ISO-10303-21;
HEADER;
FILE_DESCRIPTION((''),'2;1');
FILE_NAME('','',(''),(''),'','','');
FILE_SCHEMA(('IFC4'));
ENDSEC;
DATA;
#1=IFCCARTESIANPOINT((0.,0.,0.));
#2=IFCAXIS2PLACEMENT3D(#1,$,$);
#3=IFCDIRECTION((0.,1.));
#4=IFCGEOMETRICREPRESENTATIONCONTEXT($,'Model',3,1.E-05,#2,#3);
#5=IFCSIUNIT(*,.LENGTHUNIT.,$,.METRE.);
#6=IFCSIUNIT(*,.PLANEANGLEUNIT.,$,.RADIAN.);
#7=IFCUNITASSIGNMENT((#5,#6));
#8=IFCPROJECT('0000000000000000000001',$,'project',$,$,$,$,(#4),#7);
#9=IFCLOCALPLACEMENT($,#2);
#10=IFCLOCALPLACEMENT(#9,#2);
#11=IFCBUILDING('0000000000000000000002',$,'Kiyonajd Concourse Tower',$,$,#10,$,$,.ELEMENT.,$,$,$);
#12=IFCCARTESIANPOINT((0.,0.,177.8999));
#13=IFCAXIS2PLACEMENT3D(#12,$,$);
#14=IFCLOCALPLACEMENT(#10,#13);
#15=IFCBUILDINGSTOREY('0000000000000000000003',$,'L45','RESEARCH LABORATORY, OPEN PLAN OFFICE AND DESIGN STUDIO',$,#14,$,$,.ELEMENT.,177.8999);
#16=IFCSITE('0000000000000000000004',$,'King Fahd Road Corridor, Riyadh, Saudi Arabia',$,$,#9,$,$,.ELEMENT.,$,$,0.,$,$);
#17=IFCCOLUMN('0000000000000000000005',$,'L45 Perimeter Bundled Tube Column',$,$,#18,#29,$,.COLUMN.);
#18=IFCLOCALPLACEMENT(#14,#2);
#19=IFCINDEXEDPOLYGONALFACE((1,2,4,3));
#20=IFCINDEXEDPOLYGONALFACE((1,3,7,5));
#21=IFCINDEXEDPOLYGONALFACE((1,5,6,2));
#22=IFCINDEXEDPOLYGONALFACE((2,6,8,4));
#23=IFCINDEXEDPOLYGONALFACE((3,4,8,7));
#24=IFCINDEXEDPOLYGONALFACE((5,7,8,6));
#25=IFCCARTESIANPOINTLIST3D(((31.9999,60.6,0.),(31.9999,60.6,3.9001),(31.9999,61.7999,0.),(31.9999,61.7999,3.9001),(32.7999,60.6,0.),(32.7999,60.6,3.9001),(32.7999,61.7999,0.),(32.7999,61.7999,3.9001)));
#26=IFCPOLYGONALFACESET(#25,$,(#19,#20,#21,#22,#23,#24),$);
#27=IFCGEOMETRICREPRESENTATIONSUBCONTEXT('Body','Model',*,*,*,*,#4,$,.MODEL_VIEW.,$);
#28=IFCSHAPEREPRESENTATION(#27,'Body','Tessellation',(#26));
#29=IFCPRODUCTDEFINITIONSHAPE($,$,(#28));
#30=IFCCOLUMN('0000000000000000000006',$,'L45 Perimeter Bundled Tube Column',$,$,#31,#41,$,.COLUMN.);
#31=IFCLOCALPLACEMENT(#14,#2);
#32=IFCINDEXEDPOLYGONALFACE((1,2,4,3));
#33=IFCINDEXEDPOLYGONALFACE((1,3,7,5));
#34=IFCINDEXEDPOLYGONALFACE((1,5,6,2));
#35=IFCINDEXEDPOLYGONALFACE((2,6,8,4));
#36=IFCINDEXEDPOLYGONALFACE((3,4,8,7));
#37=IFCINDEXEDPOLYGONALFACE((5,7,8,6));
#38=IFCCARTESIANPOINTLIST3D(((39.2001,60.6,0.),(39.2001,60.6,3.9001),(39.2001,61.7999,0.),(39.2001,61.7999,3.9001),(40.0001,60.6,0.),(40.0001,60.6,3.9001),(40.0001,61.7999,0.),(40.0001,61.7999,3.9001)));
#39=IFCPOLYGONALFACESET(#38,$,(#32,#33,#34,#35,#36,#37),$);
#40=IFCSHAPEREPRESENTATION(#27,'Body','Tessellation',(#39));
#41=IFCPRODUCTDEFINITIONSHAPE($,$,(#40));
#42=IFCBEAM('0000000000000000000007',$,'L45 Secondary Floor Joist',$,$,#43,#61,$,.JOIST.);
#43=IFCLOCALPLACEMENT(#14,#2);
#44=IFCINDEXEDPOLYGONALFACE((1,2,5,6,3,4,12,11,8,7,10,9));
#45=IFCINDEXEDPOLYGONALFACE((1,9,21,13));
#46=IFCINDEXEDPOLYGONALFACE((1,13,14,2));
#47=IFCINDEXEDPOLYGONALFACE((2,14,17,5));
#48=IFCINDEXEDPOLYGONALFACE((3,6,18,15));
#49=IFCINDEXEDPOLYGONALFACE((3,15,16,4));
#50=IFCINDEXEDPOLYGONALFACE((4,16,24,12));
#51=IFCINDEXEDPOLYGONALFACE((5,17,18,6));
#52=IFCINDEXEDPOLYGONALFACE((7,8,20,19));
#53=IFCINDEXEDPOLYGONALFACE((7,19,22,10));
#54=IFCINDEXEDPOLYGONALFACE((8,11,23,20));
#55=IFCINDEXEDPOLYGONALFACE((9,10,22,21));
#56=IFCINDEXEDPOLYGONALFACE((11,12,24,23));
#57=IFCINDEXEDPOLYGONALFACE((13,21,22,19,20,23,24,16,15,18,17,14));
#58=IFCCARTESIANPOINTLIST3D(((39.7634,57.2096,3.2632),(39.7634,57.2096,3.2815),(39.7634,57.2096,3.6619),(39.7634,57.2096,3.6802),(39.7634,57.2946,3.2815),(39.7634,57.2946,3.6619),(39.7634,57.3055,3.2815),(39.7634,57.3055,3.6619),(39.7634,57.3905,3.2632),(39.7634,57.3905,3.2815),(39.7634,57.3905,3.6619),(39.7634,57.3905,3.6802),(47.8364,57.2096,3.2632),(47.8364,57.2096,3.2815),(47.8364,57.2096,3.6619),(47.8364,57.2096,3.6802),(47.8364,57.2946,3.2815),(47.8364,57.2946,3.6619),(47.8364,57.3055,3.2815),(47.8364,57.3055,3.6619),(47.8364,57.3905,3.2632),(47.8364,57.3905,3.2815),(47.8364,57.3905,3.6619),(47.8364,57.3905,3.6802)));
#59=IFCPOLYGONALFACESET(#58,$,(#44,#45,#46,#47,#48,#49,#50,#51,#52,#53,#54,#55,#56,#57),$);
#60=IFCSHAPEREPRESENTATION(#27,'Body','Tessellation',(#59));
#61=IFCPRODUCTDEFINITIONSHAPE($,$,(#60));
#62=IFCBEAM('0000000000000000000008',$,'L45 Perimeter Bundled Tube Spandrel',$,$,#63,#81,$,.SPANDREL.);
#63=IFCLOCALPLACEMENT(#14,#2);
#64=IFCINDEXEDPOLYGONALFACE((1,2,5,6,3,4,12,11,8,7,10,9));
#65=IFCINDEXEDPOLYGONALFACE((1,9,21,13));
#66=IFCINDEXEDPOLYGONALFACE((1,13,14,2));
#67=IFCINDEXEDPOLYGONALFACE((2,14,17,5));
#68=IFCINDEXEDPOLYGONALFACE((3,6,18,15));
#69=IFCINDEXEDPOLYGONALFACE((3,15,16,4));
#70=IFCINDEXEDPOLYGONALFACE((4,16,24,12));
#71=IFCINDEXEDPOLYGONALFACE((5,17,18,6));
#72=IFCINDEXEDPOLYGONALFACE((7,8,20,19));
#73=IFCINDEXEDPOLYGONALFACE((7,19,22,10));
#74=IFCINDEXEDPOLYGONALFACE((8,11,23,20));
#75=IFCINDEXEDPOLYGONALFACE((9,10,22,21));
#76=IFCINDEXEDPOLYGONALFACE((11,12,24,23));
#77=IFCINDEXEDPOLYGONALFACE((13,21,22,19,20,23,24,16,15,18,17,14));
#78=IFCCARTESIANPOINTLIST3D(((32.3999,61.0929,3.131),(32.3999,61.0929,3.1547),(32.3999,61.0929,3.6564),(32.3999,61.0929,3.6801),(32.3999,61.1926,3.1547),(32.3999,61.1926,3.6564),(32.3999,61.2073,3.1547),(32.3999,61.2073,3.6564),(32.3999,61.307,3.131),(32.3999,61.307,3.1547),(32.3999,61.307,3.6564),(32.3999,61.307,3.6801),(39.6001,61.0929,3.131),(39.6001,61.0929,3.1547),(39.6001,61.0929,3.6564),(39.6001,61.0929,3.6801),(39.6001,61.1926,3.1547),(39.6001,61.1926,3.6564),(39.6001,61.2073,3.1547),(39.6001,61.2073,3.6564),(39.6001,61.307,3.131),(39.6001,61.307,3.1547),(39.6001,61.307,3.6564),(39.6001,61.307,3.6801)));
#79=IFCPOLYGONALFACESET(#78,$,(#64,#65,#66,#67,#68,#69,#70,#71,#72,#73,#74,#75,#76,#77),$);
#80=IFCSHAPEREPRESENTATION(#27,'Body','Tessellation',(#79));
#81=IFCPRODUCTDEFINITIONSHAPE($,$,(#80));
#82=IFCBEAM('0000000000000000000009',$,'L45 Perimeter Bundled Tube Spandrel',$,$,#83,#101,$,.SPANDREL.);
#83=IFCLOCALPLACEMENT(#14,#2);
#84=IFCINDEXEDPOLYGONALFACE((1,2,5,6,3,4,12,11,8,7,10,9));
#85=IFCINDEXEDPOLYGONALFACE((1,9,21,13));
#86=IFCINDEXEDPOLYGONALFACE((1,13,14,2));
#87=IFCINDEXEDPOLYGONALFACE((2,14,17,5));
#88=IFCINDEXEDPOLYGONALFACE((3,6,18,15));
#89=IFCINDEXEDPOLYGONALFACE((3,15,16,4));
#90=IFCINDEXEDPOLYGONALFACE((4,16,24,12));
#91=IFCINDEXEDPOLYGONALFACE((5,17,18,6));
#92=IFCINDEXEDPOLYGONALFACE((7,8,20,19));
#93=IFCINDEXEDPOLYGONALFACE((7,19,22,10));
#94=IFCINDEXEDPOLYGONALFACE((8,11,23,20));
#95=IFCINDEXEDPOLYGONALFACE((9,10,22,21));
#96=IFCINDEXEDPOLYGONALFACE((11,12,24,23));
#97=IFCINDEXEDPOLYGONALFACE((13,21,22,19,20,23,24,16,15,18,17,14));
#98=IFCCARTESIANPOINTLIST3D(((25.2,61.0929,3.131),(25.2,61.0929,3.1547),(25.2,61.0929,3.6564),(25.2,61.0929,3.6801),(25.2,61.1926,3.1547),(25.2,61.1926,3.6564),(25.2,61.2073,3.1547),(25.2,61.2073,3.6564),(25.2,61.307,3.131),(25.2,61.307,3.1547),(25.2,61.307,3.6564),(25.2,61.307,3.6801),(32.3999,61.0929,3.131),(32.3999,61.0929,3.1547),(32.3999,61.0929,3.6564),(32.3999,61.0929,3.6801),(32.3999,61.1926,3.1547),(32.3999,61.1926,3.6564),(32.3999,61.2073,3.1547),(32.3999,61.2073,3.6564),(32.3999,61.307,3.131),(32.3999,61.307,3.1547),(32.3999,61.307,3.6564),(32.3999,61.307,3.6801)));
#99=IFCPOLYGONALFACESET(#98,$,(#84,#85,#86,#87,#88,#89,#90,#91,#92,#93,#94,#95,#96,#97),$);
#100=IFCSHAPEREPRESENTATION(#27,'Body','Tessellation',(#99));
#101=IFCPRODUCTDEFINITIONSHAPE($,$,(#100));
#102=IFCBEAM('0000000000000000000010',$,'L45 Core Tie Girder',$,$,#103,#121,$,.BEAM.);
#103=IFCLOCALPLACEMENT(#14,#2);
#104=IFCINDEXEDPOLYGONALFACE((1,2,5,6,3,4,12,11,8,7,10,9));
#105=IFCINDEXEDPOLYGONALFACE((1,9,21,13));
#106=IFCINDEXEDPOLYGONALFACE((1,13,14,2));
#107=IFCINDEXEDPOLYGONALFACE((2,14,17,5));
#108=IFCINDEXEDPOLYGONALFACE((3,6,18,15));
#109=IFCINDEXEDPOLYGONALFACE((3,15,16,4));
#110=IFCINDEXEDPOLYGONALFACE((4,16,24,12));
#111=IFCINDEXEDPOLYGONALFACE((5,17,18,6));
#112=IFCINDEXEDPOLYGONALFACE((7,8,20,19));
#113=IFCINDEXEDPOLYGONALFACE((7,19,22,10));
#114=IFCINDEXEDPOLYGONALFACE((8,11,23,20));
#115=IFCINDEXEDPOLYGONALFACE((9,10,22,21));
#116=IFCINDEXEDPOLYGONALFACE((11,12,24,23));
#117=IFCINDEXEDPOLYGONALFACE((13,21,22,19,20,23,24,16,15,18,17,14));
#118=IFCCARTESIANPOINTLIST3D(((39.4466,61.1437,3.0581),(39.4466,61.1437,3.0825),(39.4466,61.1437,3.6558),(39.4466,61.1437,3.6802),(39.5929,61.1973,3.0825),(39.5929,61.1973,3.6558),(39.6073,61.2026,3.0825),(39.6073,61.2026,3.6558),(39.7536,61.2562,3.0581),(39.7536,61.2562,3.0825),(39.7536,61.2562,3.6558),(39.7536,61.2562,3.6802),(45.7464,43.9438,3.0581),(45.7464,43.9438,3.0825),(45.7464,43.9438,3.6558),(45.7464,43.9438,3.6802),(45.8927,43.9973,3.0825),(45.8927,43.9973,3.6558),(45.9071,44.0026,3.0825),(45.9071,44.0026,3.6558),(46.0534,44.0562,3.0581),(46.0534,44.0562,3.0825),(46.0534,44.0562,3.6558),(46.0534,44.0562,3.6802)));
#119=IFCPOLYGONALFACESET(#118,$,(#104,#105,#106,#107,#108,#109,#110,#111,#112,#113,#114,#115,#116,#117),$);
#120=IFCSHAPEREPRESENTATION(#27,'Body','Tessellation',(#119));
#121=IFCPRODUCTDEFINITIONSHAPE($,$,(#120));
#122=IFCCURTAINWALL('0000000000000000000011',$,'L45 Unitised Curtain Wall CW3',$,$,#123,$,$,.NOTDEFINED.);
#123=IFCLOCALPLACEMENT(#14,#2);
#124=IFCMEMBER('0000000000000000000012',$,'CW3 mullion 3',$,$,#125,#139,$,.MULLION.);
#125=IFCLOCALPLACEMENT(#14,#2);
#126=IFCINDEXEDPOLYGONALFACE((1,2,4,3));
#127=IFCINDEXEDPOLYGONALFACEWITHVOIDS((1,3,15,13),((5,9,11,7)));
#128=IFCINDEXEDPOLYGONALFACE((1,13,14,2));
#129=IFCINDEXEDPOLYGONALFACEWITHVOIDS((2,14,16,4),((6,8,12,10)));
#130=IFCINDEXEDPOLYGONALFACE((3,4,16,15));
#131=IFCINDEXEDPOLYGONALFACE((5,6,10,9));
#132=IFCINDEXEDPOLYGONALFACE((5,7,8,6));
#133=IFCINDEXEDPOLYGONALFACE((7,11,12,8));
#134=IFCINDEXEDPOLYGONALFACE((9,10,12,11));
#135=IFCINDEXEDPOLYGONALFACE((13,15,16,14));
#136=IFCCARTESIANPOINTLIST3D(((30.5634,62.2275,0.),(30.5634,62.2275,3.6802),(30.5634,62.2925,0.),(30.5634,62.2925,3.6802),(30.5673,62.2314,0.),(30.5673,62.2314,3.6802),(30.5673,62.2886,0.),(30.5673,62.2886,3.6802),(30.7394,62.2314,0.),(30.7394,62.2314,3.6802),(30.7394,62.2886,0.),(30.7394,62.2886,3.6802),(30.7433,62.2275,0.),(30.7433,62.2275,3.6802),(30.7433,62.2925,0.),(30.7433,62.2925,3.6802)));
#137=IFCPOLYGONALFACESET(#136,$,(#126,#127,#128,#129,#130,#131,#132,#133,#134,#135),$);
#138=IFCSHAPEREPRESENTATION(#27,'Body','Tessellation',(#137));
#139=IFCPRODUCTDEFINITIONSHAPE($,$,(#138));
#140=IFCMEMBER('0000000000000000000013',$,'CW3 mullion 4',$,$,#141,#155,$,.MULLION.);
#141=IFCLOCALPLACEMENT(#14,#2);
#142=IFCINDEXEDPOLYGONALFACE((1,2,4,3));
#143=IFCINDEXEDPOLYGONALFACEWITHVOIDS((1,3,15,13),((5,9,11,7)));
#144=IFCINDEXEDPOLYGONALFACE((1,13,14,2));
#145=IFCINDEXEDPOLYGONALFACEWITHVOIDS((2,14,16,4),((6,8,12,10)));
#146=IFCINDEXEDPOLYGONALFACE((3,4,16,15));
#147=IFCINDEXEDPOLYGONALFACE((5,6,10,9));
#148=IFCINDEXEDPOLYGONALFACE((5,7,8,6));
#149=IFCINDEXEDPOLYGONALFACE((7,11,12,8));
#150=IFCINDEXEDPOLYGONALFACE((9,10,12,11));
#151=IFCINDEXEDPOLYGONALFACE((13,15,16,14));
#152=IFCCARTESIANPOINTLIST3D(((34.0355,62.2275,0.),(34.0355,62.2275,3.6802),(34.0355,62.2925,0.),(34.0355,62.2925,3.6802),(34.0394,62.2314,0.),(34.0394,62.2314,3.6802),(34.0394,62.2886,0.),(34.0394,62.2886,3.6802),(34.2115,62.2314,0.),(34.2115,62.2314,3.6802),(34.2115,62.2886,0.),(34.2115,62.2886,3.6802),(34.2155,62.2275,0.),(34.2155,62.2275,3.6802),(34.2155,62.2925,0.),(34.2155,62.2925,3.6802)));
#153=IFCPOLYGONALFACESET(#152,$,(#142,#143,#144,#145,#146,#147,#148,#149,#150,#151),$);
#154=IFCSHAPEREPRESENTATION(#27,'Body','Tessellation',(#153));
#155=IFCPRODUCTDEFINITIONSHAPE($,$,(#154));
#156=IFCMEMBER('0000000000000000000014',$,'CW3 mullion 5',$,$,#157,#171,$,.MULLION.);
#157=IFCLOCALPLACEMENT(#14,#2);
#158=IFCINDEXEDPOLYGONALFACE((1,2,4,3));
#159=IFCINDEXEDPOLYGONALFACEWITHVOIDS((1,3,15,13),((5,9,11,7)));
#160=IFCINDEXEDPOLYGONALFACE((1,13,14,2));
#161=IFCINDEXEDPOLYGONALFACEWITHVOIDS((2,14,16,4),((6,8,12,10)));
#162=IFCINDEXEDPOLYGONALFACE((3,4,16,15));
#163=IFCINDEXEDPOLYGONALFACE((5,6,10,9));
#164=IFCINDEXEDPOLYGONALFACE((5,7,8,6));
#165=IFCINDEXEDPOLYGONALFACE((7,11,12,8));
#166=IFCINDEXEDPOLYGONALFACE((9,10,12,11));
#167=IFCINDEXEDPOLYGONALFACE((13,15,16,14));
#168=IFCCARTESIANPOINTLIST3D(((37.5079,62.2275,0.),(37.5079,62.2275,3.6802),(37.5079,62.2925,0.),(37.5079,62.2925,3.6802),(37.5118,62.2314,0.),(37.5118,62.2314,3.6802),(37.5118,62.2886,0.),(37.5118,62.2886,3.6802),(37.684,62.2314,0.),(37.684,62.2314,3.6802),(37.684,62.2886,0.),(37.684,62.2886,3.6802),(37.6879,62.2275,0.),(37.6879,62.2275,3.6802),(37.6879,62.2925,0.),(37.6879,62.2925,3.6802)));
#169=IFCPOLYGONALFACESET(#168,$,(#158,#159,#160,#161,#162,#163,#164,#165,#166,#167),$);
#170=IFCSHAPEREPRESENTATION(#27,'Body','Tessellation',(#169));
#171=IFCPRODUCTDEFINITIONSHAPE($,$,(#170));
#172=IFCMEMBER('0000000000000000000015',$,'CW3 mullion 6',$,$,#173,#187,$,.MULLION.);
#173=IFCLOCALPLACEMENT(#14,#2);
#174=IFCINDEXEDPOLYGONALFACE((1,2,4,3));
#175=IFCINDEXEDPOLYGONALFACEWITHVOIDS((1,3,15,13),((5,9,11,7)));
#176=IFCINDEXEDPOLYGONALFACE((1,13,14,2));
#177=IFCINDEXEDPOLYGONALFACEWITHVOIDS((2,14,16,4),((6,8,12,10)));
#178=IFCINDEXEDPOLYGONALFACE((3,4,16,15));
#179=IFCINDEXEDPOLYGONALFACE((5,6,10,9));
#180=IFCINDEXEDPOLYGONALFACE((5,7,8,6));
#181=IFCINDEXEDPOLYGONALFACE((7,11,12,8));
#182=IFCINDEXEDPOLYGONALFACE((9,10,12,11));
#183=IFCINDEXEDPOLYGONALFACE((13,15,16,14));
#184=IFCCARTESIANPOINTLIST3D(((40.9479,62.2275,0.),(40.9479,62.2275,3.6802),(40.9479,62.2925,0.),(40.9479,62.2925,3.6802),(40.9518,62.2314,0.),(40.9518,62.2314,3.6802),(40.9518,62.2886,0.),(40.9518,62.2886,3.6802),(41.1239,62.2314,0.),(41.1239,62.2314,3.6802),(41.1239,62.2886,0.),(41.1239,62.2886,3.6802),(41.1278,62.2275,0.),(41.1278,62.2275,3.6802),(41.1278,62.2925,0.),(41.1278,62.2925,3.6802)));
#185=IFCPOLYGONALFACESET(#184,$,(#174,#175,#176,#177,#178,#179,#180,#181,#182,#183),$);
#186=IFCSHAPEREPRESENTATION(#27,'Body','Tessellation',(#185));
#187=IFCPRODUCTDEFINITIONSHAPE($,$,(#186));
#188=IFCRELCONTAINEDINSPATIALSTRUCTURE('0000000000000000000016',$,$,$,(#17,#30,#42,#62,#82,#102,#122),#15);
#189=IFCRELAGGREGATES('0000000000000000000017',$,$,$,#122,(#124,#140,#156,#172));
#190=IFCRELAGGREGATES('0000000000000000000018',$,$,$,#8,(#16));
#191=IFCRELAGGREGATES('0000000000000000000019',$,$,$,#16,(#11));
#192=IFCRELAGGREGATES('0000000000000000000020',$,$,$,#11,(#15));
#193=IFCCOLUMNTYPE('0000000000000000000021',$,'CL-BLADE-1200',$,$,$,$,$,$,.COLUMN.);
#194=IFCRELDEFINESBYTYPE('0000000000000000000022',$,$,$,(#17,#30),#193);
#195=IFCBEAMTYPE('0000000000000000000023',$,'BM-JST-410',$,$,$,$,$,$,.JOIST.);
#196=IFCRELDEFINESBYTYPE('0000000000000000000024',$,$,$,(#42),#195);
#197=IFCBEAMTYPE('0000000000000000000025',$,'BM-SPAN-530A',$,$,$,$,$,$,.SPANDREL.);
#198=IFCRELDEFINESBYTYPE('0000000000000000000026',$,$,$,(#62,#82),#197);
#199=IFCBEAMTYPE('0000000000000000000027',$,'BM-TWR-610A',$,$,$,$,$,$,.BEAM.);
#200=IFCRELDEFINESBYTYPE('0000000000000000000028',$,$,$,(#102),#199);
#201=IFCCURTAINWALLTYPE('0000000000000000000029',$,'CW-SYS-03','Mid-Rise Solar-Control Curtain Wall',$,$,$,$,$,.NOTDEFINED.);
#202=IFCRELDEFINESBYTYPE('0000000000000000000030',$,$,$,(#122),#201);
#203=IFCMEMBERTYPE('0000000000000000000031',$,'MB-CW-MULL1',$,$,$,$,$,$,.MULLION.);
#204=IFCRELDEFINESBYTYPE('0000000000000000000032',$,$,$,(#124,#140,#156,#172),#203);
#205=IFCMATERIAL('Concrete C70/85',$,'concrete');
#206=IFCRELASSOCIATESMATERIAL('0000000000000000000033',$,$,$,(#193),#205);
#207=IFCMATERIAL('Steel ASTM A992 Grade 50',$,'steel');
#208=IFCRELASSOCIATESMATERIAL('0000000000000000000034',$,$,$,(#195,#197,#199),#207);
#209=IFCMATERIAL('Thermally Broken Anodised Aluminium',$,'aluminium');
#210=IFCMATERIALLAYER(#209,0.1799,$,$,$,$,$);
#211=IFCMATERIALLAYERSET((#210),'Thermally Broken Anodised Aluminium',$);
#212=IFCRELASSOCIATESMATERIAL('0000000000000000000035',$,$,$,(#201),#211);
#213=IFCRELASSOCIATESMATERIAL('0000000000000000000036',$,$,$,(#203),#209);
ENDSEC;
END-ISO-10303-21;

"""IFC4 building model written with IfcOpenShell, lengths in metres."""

from ifc_helpers import new_model, si_unit, direction, frame, origin, origin_2d, place, context, subcontext, project, spatial, rectangle, hollow_rectangle, i_section, extrude, material, layer, layer_set, material_profile, profile_set, type_object, element, aggregate, save


model = new_model("IFC4")

# Units and contexts
model_context = context("Model", 3, precision=1e-05, world=origin(), true_north=direction((0.0, 1.0)))
body_context = subcontext(model_context, "Body", "Model", "MODEL_VIEW")
ifc_project = project(units=[si_unit("LENGTHUNIT", "METRE"), si_unit("PLANEANGLEUNIT", "RADIAN")], contexts=[model_context])

# Site, building, storey
site_placement = place(None, origin())
site = spatial("IfcSite", under=ifc_project, at=site_placement, Name="King Fahd Road Corridor, Riyadh, Saudi Arabia", CompositionType="ELEMENT", RefElevation=0.0)
building_placement = place(site_placement, origin())
building = spatial("IfcBuilding", under=site, at=building_placement, Name="Kiyonajd Concourse Tower", CompositionType="ELEMENT")
storey_placement = place(building_placement, frame((0.0, 0.0, 177.8999)))
storey = spatial("IfcBuildingStorey", under=building, at=storey_placement, Name="L45", Description="RESEARCH LABORATORY, OPEN PLAN OFFICE AND DESIGN STUDIO", CompositionType="ELEMENT", Elevation=177.8999)

# Columns
ifc_material_1 = material(Name="Concrete C70/85", Category="concrete")
ifc_material_profile_1 = material_profile(ifc_material_1, rectangle(XDim=0.8, YDim=1.2, at=origin_2d()), Name="RC-1200x800")
ifc_profile_set_1 = profile_set([ifc_material_profile_1], Name="Concrete C70/85")
column_type = type_object("IfcColumnType", Name="CL-BLADE-1200", PredefinedType="COLUMN", material=ifc_profile_set_1)
for number, where, z_axis, x_axis, name in (
    (1, (32.3999, 61.2, 0.0), (0.0, 0.0, 1.0), (1.0, 0.0, 0.0), "L45 Perimeter Bundled Tube Column"),
    (2, (39.6001, 61.2, 0.0), (0.0, 0.0, 1.0), (1.0, 0.0, 0.0), "L45 Perimeter Bundled Tube Column"),
):
    element("IfcColumn", number, at=place(storey_placement, frame(where, z_axis=z_axis, x_axis=x_axis)), inside=storey, type_object=column_type, Name=name, PredefinedType="COLUMN", context=body_context, shape_type="SweptSolid", body=[
        extrude(rectangle(XDim=0.8, YDim=1.2, at=origin_2d()), origin(), (0.0, 0.0, 1.0), 3.9001),
    ])

# Beams
ifc_material_2 = material(Name="Steel ASTM A992 Grade 50", Category="steel")
ifc_material_profile_2 = material_profile(ifc_material_2, i_section(OverallWidth=0.1809, OverallDepth=0.417, WebThickness=0.011, FlangeThickness=0.0183, at=origin_2d()), Name="W410X85")
ifc_profile_set_2 = profile_set([ifc_material_profile_2], Name="Steel ASTM A992 Grade 50")
beam_type_1 = type_object("IfcBeamType", Name="BM-JST-410", PredefinedType="JOIST", material=ifc_profile_set_2)
beam_1_placement = place(storey_placement, frame((39.7634, 57.3, 3.4717), z_axis=(1.0, 0.0, 0.0), x_axis=(0.0, 1.0, 0.0)))
element("IfcBeam", 3, at=beam_1_placement, inside=storey, type_object=beam_type_1, Name="L45 Secondary Floor Joist", PredefinedType="JOIST", context=body_context, shape_type="SweptSolid", body=[
    extrude(i_section(OverallWidth=0.1809, OverallDepth=0.417, WebThickness=0.011, FlangeThickness=0.0183, at=origin_2d()), origin(), (0.0, 0.0, 1.0), 8.073),
])
ifc_material_profile_3 = material_profile(ifc_material_2, i_section(OverallWidth=0.2141, OverallDepth=0.5491, WebThickness=0.0146, FlangeThickness=0.0237, at=origin_2d()), Name="W530X138")
ifc_profile_set_3 = profile_set([ifc_material_profile_3], Name="Steel ASTM A992 Grade 50")
beam_type_2 = type_object("IfcBeamType", Name="BM-SPAN-530A", PredefinedType="SPANDREL", material=ifc_profile_set_3)
beam_2_placement = place(storey_placement, frame((39.6001, 61.2, 3.4055), z_axis=(-1.0, 0.0, 0.0), x_axis=(0.0, -1.0, 0.0)))
element("IfcBeam", 4, at=beam_2_placement, inside=storey, type_object=beam_type_2, Name="L45 Perimeter Bundled Tube Spandrel", PredefinedType="SPANDREL", context=body_context, shape_type="SweptSolid", body=[
    extrude(i_section(OverallWidth=0.2141, OverallDepth=0.5491, WebThickness=0.0146, FlangeThickness=0.0237, at=origin_2d()), origin(), (0.0, 0.0, 1.0), 7.2002),
])
beam_3_placement = place(storey_placement, frame((32.3999, 61.2, 3.4055), z_axis=(-1.0, 0.0, 0.0), x_axis=(0.0, -1.0, 0.0)))
element("IfcBeam", 5, at=beam_3_placement, inside=storey, type_object=beam_type_2, Name="L45 Perimeter Bundled Tube Spandrel", PredefinedType="SPANDREL", context=body_context, shape_type="SweptSolid", body=[
    extrude(i_section(OverallWidth=0.2141, OverallDepth=0.5491, WebThickness=0.0146, FlangeThickness=0.0237, at=origin_2d()), origin(), (0.0, 0.0, 1.0), 7.2),
])
ifc_material_profile_4 = material_profile(ifc_material_2, i_section(OverallWidth=0.3269, OverallDepth=0.6221, WebThickness=0.0154, FlangeThickness=0.0244, at=origin_2d()), Name="W610X195")
ifc_profile_set_4 = profile_set([ifc_material_profile_4], Name="Steel ASTM A992 Grade 50")
beam_type_3 = type_object("IfcBeamType", Name="BM-TWR-610A", PredefinedType="BEAM", material=ifc_profile_set_4)
beam_4_placement = place(storey_placement, frame((39.6001, 61.2, 3.3691), z_axis=(0.343925, -0.938997, 0.0), x_axis=(0.938997, 0.343925, 0.0)))
element("IfcBeam", 6, at=beam_4_placement, inside=storey, type_object=beam_type_3, Name="L45 Core Tie Girder", PredefinedType="BEAM", context=body_context, shape_type="SweptSolid", body=[
    extrude(i_section(OverallWidth=0.3269, OverallDepth=0.6221, WebThickness=0.0154, FlangeThickness=0.0244, at=origin_2d()), origin(), (0.0, 0.0, 1.0), 18.3174),
])

# Curtain wall, members
ifc_material_3 = material(Name="Thermally Broken Anodised Aluminium", Category="aluminium")
ifc_layer_1 = layer(ifc_material_3, 0.1799)
ifc_layer_set_1 = layer_set([ifc_layer_1], Name="Thermally Broken Anodised Aluminium")
curtain_wall_type = type_object("IfcCurtainWallType", Name="CW-SYS-03", Description="Mid-Rise Solar-Control Curtain Wall", PredefinedType="NOTDEFINED", material=ifc_layer_set_1)
curtain_wall_placement = place(storey_placement, origin())
curtain_wall = element("IfcCurtainWall", 7, at=curtain_wall_placement, inside=storey, type_object=curtain_wall_type, Name="L45 Unitised Curtain Wall CW3", PredefinedType="NOTDEFINED")
ifc_material_profile_5 = material_profile(ifc_material_3, hollow_rectangle(XDim=0.0649, YDim=0.1799, WallThickness=0.0039, at=origin_2d()), Name="MULL-65x180")
ifc_profile_set_5 = profile_set([ifc_material_profile_5], Name="Thermally Broken Anodised Aluminium")
member_type_1 = type_object("IfcMemberType", Name="MB-CW-MULL1", PredefinedType="MULLION", material=ifc_profile_set_5)
member_1_placement = place(storey_placement, frame((30.6533, 62.26, 0.0), z_axis=(0.0, 0.0, 1.0), x_axis=(0.0, 1.0, 0.0)))
member_1 = element("IfcMember", 8, at=member_1_placement, type_object=member_type_1, Name="CW3 mullion 3", PredefinedType="MULLION", context=body_context, shape_type="SweptSolid", body=[
    extrude(hollow_rectangle(XDim=0.0649, YDim=0.1799, WallThickness=0.0039, at=origin_2d()), origin(), (0.0, 0.0, 1.0), 3.6802),
])
member_2_placement = place(storey_placement, frame((34.1255, 62.26, 0.0), z_axis=(0.0, 0.0, 1.0), x_axis=(0.0, 1.0, 0.0)))
member_2 = element("IfcMember", 9, at=member_2_placement, type_object=member_type_1, Name="CW3 mullion 4", PredefinedType="MULLION", context=body_context, shape_type="SweptSolid", body=[
    extrude(hollow_rectangle(XDim=0.0649, YDim=0.1799, WallThickness=0.0039, at=origin_2d()), origin(), (0.0, 0.0, 1.0), 3.6802),
])
member_3_placement = place(storey_placement, frame((37.5979, 62.26, 0.0), z_axis=(0.0, 0.0, 1.0), x_axis=(0.0, 1.0, 0.0)))
member_3 = element("IfcMember", 10, at=member_3_placement, type_object=member_type_1, Name="CW3 mullion 5", PredefinedType="MULLION", context=body_context, shape_type="SweptSolid", body=[
    extrude(hollow_rectangle(XDim=0.0649, YDim=0.1799, WallThickness=0.0039, at=origin_2d()), origin(), (0.0, 0.0, 1.0), 3.6802),
])
member_4_placement = place(storey_placement, frame((41.0378, 62.26, 0.0), z_axis=(0.0, 0.0, 1.0), x_axis=(0.0, 1.0, 0.0)))
member_4 = element("IfcMember", 11, at=member_4_placement, type_object=member_type_1, Name="CW3 mullion 6", PredefinedType="MULLION", context=body_context, shape_type="SweptSolid", body=[
    extrude(hollow_rectangle(XDim=0.0649, YDim=0.1799, WallThickness=0.0039, at=origin_2d()), origin(), (0.0, 0.0, 1.0), 3.6802),
])

aggregate(curtain_wall, [member_1, member_2, member_3, member_4])

save(model, "model.ifc")
